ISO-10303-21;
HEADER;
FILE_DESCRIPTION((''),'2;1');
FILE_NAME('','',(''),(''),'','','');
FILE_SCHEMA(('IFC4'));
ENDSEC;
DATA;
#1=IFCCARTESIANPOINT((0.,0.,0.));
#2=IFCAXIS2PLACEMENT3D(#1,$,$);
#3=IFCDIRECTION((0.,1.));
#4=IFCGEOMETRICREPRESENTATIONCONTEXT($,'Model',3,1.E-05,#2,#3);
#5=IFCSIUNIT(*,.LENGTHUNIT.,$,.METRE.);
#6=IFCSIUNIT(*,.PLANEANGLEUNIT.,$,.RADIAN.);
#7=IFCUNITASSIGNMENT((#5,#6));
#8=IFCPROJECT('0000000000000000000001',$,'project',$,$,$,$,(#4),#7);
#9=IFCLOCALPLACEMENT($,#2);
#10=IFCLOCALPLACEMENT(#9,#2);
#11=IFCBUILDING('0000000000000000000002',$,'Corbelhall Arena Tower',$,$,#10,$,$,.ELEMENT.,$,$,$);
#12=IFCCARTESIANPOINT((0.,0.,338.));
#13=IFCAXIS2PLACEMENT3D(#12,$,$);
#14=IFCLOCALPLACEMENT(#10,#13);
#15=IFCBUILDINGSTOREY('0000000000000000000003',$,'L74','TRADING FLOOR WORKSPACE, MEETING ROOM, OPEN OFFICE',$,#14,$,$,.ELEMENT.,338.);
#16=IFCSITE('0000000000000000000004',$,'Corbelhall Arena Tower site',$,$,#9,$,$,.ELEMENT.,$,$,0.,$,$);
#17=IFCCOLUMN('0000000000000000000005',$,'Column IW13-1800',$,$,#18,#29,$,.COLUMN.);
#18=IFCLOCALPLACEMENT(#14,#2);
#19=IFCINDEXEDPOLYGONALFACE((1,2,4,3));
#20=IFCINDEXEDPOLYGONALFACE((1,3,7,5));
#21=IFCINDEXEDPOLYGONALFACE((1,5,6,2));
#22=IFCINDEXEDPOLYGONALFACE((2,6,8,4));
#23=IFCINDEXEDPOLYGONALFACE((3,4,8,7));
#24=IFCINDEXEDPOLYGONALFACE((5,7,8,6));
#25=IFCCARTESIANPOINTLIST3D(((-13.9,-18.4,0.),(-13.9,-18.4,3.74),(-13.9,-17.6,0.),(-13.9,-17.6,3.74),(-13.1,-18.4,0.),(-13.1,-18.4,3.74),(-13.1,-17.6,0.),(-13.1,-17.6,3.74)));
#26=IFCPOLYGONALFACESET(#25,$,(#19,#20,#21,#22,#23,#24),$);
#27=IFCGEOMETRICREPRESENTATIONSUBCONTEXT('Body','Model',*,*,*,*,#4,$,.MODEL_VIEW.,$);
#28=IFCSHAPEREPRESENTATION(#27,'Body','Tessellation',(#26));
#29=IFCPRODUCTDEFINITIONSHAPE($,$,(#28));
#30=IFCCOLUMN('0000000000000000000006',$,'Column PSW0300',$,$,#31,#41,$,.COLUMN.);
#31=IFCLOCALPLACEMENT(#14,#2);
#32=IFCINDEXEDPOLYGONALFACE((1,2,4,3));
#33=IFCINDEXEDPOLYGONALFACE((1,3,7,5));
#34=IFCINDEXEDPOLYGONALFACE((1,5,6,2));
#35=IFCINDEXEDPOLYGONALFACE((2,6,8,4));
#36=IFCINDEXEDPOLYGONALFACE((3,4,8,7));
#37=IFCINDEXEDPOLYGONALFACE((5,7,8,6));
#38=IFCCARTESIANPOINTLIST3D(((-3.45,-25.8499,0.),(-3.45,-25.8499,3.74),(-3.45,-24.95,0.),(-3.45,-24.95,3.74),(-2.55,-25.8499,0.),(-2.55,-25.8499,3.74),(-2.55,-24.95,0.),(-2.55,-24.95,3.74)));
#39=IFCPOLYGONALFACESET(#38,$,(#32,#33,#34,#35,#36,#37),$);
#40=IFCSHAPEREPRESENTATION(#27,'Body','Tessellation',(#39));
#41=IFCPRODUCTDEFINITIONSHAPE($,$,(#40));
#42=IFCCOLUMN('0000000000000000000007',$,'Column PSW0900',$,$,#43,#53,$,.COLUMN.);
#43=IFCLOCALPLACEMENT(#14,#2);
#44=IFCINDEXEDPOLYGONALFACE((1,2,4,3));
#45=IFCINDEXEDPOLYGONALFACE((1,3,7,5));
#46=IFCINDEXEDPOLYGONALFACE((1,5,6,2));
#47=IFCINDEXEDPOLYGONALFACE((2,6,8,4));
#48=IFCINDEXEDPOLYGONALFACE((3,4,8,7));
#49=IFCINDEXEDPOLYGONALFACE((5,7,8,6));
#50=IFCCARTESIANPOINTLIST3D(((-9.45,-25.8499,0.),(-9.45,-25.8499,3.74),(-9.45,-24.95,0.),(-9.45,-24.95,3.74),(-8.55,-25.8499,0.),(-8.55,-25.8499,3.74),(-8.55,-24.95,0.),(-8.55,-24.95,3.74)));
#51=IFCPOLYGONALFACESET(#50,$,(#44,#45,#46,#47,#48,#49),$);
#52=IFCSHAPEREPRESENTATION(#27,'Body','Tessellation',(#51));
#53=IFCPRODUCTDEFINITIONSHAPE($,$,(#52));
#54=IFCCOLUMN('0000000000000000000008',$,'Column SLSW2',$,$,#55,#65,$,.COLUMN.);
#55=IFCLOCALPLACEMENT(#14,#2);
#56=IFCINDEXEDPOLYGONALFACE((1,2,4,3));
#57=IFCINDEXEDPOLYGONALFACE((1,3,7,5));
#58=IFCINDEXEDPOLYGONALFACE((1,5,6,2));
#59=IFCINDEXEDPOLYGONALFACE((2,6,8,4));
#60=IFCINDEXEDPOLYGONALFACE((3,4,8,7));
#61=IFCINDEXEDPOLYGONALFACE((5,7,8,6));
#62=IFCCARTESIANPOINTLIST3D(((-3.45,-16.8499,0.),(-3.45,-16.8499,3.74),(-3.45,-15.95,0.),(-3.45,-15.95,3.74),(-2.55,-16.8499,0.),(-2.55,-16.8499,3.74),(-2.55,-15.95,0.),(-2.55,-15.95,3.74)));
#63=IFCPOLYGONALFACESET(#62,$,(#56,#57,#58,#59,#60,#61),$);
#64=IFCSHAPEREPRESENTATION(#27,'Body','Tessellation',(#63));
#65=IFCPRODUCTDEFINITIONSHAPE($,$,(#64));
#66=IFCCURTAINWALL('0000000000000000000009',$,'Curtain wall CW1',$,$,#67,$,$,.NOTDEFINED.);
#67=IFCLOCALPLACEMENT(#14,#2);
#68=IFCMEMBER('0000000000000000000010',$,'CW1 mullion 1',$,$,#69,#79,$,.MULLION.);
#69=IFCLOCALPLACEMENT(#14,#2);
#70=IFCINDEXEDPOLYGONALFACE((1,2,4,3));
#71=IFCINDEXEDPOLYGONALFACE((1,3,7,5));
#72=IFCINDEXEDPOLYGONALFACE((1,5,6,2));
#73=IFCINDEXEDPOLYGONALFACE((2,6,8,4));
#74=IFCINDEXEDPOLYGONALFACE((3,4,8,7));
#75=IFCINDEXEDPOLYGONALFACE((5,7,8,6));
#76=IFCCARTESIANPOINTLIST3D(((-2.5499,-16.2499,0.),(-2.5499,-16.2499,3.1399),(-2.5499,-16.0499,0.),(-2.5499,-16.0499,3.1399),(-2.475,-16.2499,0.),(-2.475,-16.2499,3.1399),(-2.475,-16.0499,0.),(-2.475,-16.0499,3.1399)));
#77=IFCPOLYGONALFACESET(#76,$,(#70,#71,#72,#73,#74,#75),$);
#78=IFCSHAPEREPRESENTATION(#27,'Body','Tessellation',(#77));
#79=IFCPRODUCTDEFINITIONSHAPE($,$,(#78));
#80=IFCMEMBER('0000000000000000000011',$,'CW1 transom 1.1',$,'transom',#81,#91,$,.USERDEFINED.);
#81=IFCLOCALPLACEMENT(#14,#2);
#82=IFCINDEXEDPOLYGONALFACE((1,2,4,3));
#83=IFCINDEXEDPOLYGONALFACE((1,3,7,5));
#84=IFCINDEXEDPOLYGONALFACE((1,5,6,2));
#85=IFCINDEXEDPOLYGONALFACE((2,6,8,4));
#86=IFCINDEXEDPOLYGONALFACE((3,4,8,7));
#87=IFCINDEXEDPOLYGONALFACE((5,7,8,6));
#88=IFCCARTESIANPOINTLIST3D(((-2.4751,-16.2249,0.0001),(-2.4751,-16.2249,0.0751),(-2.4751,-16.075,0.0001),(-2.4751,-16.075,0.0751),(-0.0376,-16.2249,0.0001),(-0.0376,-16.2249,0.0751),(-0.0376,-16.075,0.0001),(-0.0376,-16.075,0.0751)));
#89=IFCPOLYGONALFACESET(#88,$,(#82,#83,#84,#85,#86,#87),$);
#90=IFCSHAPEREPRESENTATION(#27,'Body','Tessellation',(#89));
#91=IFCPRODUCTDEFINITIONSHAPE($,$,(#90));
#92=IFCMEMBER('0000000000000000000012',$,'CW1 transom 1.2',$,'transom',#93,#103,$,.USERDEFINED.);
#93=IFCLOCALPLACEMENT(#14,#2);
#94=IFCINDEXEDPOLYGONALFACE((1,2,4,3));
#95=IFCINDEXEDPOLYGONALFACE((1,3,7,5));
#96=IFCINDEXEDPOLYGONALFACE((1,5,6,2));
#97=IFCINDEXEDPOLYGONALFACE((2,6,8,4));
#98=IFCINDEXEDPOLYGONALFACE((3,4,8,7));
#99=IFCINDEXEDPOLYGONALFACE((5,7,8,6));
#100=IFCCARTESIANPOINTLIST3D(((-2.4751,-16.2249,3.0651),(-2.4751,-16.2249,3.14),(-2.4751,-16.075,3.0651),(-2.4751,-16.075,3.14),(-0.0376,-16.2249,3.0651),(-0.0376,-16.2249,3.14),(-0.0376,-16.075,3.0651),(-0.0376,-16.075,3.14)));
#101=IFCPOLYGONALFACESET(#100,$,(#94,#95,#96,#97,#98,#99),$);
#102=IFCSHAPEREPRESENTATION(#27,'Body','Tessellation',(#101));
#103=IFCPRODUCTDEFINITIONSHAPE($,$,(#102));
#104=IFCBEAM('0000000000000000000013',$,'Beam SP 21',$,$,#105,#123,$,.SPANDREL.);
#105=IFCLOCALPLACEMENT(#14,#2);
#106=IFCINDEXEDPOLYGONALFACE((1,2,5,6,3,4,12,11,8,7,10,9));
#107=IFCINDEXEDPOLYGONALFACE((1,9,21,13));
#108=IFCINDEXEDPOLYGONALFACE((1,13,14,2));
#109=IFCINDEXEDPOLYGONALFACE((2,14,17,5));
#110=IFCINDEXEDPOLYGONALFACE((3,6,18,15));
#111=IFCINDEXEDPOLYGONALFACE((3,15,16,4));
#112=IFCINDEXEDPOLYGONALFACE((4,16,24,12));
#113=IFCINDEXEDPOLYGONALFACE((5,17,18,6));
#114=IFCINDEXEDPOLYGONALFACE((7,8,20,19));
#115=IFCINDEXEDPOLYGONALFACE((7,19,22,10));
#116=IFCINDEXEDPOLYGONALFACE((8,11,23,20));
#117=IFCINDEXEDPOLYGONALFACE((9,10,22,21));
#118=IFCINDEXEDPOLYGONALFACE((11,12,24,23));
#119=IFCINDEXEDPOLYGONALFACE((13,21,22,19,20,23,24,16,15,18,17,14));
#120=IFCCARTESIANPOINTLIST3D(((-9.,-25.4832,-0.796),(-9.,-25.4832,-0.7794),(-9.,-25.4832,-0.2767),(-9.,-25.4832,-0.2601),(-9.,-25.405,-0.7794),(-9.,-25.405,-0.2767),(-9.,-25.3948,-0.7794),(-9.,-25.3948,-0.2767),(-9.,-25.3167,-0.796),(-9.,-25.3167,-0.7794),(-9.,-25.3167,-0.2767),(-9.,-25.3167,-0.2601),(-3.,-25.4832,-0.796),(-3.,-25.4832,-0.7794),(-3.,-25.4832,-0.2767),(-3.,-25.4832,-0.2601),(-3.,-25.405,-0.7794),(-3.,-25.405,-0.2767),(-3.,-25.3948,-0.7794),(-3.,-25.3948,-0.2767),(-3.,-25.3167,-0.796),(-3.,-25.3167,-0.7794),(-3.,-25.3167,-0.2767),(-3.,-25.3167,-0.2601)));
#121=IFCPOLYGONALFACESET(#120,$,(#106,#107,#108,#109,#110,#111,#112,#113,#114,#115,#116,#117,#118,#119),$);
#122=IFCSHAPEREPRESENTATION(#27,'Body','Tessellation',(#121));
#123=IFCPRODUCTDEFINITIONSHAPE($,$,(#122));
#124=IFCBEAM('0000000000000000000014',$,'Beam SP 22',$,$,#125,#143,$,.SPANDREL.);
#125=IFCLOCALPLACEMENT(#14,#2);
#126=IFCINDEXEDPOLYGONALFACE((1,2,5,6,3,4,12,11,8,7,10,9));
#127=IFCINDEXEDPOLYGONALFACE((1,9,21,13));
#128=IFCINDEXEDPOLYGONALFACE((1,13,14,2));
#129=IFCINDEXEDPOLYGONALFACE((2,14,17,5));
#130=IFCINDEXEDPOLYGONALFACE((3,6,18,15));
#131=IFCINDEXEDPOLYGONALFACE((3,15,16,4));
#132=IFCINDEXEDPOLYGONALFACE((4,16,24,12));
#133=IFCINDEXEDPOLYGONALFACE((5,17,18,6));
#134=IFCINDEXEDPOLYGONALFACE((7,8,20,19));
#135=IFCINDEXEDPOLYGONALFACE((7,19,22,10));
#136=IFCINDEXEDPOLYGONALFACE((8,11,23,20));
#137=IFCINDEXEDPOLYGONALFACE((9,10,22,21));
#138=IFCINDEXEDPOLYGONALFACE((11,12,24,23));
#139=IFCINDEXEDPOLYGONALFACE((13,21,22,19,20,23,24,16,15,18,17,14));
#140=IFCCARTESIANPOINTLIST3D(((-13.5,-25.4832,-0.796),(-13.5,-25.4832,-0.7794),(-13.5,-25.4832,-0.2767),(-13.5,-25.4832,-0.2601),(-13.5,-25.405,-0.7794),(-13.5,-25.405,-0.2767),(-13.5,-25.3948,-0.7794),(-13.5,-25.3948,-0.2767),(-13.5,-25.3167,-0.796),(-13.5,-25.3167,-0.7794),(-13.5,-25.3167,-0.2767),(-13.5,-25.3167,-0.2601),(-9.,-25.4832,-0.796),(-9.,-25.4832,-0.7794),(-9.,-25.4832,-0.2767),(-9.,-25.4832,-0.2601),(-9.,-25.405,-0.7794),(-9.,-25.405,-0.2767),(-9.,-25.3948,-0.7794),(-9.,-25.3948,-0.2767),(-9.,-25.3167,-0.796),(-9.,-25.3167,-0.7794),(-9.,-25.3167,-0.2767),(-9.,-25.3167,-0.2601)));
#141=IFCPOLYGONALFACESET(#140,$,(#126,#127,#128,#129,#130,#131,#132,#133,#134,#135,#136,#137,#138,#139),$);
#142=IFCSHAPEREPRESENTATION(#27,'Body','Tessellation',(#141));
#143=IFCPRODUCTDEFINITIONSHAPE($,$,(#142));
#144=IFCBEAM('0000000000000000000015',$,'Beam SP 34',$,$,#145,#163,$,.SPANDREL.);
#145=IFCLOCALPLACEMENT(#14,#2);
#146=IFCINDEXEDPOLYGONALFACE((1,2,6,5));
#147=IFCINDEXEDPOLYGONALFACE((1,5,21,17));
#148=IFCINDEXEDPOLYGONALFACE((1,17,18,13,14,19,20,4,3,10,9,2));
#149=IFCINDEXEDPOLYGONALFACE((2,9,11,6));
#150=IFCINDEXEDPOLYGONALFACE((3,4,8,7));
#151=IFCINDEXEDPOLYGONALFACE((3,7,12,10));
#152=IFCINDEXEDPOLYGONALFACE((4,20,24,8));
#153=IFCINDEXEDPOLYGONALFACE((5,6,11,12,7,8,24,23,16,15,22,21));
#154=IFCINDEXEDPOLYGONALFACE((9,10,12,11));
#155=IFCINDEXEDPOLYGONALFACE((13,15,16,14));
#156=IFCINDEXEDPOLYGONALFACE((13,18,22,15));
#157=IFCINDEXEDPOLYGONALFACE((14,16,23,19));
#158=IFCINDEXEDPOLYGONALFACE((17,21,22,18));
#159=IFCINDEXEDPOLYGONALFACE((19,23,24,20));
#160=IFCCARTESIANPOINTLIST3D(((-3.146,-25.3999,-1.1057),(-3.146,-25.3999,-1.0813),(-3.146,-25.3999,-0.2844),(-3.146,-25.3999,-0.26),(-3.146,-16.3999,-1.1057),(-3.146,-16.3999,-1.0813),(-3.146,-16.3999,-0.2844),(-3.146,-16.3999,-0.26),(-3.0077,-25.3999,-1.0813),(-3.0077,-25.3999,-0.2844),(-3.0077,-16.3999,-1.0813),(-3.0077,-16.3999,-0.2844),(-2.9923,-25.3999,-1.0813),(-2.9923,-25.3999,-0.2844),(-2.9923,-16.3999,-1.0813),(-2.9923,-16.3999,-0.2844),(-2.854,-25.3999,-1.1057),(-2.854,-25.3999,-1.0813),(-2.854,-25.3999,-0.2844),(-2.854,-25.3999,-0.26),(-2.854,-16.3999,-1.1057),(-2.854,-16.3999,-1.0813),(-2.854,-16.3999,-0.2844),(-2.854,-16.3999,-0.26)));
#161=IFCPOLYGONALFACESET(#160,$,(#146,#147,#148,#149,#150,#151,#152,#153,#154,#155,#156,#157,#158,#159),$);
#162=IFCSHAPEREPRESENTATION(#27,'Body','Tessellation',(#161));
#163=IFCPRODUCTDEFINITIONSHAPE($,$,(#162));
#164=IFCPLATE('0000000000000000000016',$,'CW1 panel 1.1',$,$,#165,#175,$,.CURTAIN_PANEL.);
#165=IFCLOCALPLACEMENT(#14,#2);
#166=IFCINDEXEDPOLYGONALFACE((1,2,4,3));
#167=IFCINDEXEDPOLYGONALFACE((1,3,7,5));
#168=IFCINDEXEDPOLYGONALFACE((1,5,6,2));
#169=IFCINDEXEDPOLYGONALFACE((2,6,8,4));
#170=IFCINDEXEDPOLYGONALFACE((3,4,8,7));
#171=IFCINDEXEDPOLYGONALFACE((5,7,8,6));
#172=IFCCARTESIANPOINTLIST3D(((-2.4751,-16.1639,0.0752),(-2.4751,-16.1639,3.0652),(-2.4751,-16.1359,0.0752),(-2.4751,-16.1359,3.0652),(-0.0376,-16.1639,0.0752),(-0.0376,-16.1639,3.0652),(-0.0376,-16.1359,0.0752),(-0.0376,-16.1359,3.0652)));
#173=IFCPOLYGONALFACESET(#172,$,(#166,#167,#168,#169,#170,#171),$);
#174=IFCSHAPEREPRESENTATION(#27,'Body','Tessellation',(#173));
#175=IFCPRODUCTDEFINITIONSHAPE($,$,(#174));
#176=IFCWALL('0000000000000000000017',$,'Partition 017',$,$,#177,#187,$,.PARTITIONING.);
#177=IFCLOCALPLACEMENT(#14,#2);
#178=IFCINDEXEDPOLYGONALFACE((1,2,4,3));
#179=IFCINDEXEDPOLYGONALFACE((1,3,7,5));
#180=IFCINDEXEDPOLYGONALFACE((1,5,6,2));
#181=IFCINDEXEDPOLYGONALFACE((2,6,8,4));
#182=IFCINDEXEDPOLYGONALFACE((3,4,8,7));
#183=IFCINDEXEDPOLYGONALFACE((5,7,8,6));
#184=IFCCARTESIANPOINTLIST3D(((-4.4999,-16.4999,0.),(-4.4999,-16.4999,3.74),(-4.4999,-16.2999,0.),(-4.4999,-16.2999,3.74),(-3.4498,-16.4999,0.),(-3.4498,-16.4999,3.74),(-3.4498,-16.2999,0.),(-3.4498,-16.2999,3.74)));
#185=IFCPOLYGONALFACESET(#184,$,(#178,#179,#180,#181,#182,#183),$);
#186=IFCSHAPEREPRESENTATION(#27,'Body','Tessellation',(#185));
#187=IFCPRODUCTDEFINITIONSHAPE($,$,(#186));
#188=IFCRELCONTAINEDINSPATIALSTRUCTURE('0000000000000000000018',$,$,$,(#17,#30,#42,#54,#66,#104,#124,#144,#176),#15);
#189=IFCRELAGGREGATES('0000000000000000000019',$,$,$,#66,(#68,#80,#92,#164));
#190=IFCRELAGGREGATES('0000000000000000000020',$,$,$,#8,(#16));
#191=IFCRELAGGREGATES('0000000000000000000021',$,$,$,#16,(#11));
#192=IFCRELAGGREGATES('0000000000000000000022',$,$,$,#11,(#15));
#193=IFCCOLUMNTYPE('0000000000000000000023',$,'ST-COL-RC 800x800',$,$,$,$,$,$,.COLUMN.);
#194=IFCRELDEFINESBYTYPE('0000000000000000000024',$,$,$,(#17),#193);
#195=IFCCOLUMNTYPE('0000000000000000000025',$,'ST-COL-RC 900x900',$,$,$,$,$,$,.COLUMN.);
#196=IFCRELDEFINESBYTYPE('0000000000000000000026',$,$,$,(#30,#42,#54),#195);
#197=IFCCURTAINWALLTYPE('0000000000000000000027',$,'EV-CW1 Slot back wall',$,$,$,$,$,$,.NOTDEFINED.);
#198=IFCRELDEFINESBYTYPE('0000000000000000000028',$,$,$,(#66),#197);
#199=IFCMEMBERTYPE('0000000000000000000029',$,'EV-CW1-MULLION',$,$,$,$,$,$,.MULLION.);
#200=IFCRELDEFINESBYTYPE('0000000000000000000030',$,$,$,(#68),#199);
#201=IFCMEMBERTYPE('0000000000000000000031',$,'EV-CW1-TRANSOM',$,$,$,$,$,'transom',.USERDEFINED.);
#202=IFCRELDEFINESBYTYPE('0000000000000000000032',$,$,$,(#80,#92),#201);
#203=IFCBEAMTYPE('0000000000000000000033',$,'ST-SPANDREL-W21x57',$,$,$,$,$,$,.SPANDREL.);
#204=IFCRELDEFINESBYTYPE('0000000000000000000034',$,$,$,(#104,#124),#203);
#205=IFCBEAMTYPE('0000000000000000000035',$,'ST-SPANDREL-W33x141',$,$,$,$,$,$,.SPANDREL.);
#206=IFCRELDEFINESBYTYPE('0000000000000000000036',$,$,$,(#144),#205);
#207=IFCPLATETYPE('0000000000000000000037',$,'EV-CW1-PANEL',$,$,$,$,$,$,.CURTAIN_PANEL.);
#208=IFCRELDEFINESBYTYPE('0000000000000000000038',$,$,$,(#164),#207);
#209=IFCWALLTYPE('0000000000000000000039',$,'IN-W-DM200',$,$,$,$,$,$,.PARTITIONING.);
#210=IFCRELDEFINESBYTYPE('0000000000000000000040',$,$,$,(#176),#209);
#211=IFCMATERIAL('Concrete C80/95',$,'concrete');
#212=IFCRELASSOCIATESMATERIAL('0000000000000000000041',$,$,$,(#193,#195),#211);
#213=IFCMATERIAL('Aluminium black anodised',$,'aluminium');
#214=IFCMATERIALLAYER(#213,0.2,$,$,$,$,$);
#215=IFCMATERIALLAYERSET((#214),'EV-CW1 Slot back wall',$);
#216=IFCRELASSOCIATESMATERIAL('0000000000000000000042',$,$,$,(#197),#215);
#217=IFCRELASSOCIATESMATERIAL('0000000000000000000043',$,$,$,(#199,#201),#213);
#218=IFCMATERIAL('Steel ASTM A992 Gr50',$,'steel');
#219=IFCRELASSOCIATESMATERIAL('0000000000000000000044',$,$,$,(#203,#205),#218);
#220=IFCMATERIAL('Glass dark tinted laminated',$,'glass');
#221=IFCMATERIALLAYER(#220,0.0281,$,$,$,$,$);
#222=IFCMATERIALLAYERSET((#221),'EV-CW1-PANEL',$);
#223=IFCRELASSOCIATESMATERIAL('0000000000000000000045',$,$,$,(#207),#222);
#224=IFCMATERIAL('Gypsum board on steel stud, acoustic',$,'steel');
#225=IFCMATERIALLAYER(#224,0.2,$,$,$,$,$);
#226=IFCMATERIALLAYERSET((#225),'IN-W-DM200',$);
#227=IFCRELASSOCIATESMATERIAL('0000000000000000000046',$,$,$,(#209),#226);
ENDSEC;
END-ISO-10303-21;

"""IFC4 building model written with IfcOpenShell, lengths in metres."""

from ifc_helpers import new_model, si_unit, direction, frame, frame_2d, origin, origin_2d, place, context, subcontext, project, spatial, rectangle, i_section, extrude, material, layer, layer_set, material_profile, profile_set, type_object, element, aggregate, save


model = new_model("IFC4")

# Units and contexts
model_context = context("Model", 3, precision=1e-05, world=origin(), true_north=direction((0.0, 1.0)))
body_context = subcontext(model_context, "Body", "Model", "MODEL_VIEW")
ifc_project = project(units=[si_unit("LENGTHUNIT", "METRE"), si_unit("PLANEANGLEUNIT", "RADIAN")], contexts=[model_context])

# Site, building, storey
site_placement = place(None, origin())
site = spatial("IfcSite", under=ifc_project, at=site_placement, Name="Corbelhall Arena Tower site", CompositionType="ELEMENT", RefElevation=0.0)
building_placement = place(site_placement, origin())
building = spatial("IfcBuilding", under=site, at=building_placement, Name="Corbelhall Arena Tower", CompositionType="ELEMENT")
storey_placement = place(building_placement, frame((0.0, 0.0, 338.0)))
storey = spatial("IfcBuildingStorey", under=building, at=storey_placement, Name="L74", Description="TRADING FLOOR WORKSPACE, MEETING ROOM, OPEN OFFICE", CompositionType="ELEMENT", Elevation=338.0)

# Columns
ifc_material_1 = material(Name="Concrete C80/95", Category="concrete")
ifc_material_profile_1 = material_profile(ifc_material_1, rectangle(XDim=0.8, YDim=0.8, at=origin_2d()))
ifc_profile_set_1 = profile_set([ifc_material_profile_1], Name="Concrete C80/95")
column_type_1 = type_object("IfcColumnType", Name="ST-COL-RC 800x800", PredefinedType="COLUMN", material=ifc_profile_set_1)
column_placement = place(storey_placement, frame((-13.5, -18.0, 0.0), z_axis=(0.0, 0.0, 1.0), x_axis=(1.0, 0.0, 0.0)))
element("IfcColumn", 1, at=column_placement, inside=storey, type_object=column_type_1, Name="Column IW13-1800", PredefinedType="COLUMN", context=body_context, shape_type="SweptSolid", body=[
    extrude(rectangle(XDim=0.8, YDim=0.8, at=origin_2d()), origin(), (0.0, 0.0, 1.0), 3.74),
])
ifc_material_profile_2 = material_profile(ifc_material_1, rectangle(XDim=0.8999, YDim=0.8999, at=origin_2d()))
ifc_profile_set_2 = profile_set([ifc_material_profile_2], Name="Concrete C80/95")
column_type_2 = type_object("IfcColumnType", Name="ST-COL-RC 900x900", PredefinedType="COLUMN", material=ifc_profile_set_2)
for number, where, z_axis, x_axis, name in (
    (2, (-3.0, -25.3999, 0.0), (0.0, 0.0, 1.0), (1.0, 0.0, 0.0), "Column PSW0300"),
    (3, (-9.0, -25.3999, 0.0), (0.0, 0.0, 1.0), (1.0, 0.0, 0.0), "Column PSW0900"),
    (4, (-3.0, -16.3999, 0.0), (0.0, 0.0, 1.0), (1.0, 0.0, 0.0), "Column SLSW2"),
):
    element("IfcColumn", number, at=place(storey_placement, frame(where, z_axis=z_axis, x_axis=x_axis)), inside=storey, type_object=column_type_2, Name=name, PredefinedType="COLUMN", context=body_context, shape_type="SweptSolid", body=[
        extrude(rectangle(XDim=0.8999, YDim=0.8999, at=origin_2d()), origin(), (0.0, 0.0, 1.0), 3.74),
    ])

# Curtain wall, members
ifc_material_2 = material(Name="Aluminium black anodised", Category="aluminium")
ifc_layer_1 = layer(ifc_material_2, 0.2)
ifc_layer_set_1 = layer_set([ifc_layer_1], Name="EV-CW1 Slot back wall")
curtain_wall_type = type_object("IfcCurtainWallType", Name="EV-CW1 Slot back wall", PredefinedType="NOTDEFINED", material=ifc_layer_set_1)
curtain_wall_placement = place(storey_placement, origin())
curtain_wall = element("IfcCurtainWall", 5, at=curtain_wall_placement, inside=storey, type_object=curtain_wall_type, Name="Curtain wall CW1", PredefinedType="NOTDEFINED")
ifc_material_profile_3 = material_profile(ifc_material_2, rectangle(XDim=0.2, YDim=0.075, at=origin_2d()))
ifc_profile_set_3 = profile_set([ifc_material_profile_3], Name="Aluminium black anodised")
member_type_1 = type_object("IfcMemberType", Name="EV-CW1-MULLION", PredefinedType="MULLION", material=ifc_profile_set_3)
member_1_placement = place(storey_placement, frame((-2.5125, -16.1499, 0.0), z_axis=(0.0, 0.0, 1.0), x_axis=(0.0, 1.0, 0.0)))
member_1 = element("IfcMember", 6, at=member_1_placement, type_object=member_type_1, Name="CW1 mullion 1", PredefinedType="MULLION", context=body_context, shape_type="SweptSolid", body=[
    extrude(rectangle(XDim=0.2, YDim=0.075, at=origin_2d()), origin(), (0.0, 0.0, 1.0), 3.1399),
])
ifc_material_profile_4 = material_profile(ifc_material_2, rectangle(XDim=0.1499, YDim=0.075, at=origin_2d()))
ifc_profile_set_4 = profile_set([ifc_material_profile_4], Name="Aluminium black anodised")
member_type_2 = type_object("IfcMemberType", Name="EV-CW1-TRANSOM", ElementType="transom", PredefinedType="USERDEFINED", material=ifc_profile_set_4)
member_2_placement = place(storey_placement, frame((-2.4751, -16.1499, 0.0376), z_axis=(1.0, 0.0, 0.0), x_axis=(0.0, 1.0, 0.0)))
member_2 = element("IfcMember", 7, at=member_2_placement, type_object=member_type_2, Name="CW1 transom 1.1", ObjectType="transom", PredefinedType="USERDEFINED", context=body_context, shape_type="SweptSolid", body=[
    extrude(rectangle(XDim=0.1499, YDim=0.075, at=origin_2d()), origin(), (0.0, 0.0, 1.0), 2.4375),
])
member_3_placement = place(storey_placement, frame((-2.4751, -16.1499, 3.1025), z_axis=(1.0, 0.0, 0.0), x_axis=(0.0, 1.0, 0.0)))
member_3 = element("IfcMember", 8, at=member_3_placement, type_object=member_type_2, Name="CW1 transom 1.2", ObjectType="transom", PredefinedType="USERDEFINED", context=body_context, shape_type="SweptSolid", body=[
    extrude(rectangle(XDim=0.1499, YDim=0.075, at=origin_2d()), origin(), (0.0, 0.0, 1.0), 2.4375),
])

# Beams
ifc_material_3 = material(Name="Steel ASTM A992 Gr50", Category="steel")
ifc_material_profile_5 = material_profile(ifc_material_3, i_section(OverallWidth=0.1665, OverallDepth=0.5359, WebThickness=0.0103, FlangeThickness=0.0166, at=origin_2d()))
ifc_profile_set_5 = profile_set([ifc_material_profile_5], Name="Steel ASTM A992 Gr50")
beam_type_1 = type_object("IfcBeamType", Name="ST-SPANDREL-W21x57", PredefinedType="SPANDREL", material=ifc_profile_set_5)
beam_1_placement = place(storey_placement, frame((-3.0, -25.3999, -0.5281), z_axis=(-1.0, 0.0, 0.0), x_axis=(0.0, -1.0, 0.0)))
element("IfcBeam", 9, at=beam_1_placement, inside=storey, type_object=beam_type_1, Name="Beam SP 21", PredefinedType="SPANDREL", context=body_context, shape_type="SweptSolid", body=[
    extrude(i_section(OverallWidth=0.1665, OverallDepth=0.5359, WebThickness=0.0103, FlangeThickness=0.0166, at=origin_2d()), origin(), (0.0, 0.0, 1.0), 6.0),
])
beam_2_placement = place(storey_placement, frame((-9.0, -25.3999, -0.5281), z_axis=(-1.0, 0.0, 0.0), x_axis=(0.0, -1.0, 0.0)))
element("IfcBeam", 10, at=beam_2_placement, inside=storey, type_object=beam_type_1, Name="Beam SP 22", PredefinedType="SPANDREL", context=body_context, shape_type="SweptSolid", body=[
    extrude(i_section(OverallWidth=0.1665, OverallDepth=0.5359, WebThickness=0.0103, FlangeThickness=0.0166, at=origin_2d()), origin(), (0.0, 0.0, 1.0), 4.5),
])
ifc_material_profile_6 = material_profile(ifc_material_3, i_section(OverallWidth=0.292, OverallDepth=0.8457, WebThickness=0.0154, FlangeThickness=0.0244, at=origin_2d()))
ifc_profile_set_6 = profile_set([ifc_material_profile_6], Name="Steel ASTM A992 Gr50")
beam_type_2 = type_object("IfcBeamType", Name="ST-SPANDREL-W33x141", PredefinedType="SPANDREL", material=ifc_profile_set_6)
beam_3_placement = place(storey_placement, frame((-3.0, -16.3999, -0.6829), z_axis=(0.0, -1.0, 0.0), x_axis=(1.0, 0.0, 0.0)))
element("IfcBeam", 11, at=beam_3_placement, inside=storey, type_object=beam_type_2, Name="Beam SP 34", PredefinedType="SPANDREL", context=body_context, shape_type="SweptSolid", body=[
    extrude(i_section(OverallWidth=0.292, OverallDepth=0.8457, WebThickness=0.0154, FlangeThickness=0.0244, at=origin_2d()), origin(), (0.0, 0.0, 1.0), 9.0),
])

# Plate
ifc_material_4 = material(Name="Glass dark tinted laminated", Category="glass")
ifc_layer_2 = layer(ifc_material_4, 0.0281)
ifc_layer_set_2 = layer_set([ifc_layer_2], Name="EV-CW1-PANEL")
plate_type = type_object("IfcPlateType", Name="EV-CW1-PANEL", PredefinedType="CURTAIN_PANEL", material=ifc_layer_set_2)
plate_placement = place(storey_placement, frame((-1.2563, -16.1499, 0.0752), z_axis=(0.0, 0.0, 1.0), x_axis=(1.0, 0.0, 0.0)))
plate = element("IfcPlate", 12, at=plate_placement, type_object=plate_type, Name="CW1 panel 1.1", PredefinedType="CURTAIN_PANEL", context=body_context, shape_type="SweptSolid", body=[
    extrude(rectangle(XDim=2.4375, YDim=0.0281, at=origin_2d()), origin(), (0.0, 0.0, 1.0), 2.99),
])
aggregate(curtain_wall, [member_1, member_2, member_3, plate])

# Shared definitions
ifc_material_5 = material(Name="Gypsum board on steel stud, acoustic", Category="steel")
ifc_layer_3 = layer(ifc_material_5, 0.2)
ifc_layer_set_3 = layer_set([ifc_layer_3], Name="IN-W-DM200")
wall_type_1 = type_object("IfcWallType", Name="IN-W-DM200", PredefinedType="PARTITIONING", material=ifc_layer_set_3)

# Wall
wall_1_placement = place(storey_placement, frame((-3.45, -16.3999, 0.0), z_axis=(0.0, 0.0, 1.0), x_axis=(-1.0, 0.0, 0.0)))
element("IfcWall", 13, at=wall_1_placement, inside=storey, type_object=wall_type_1, Name="Partition 017", PredefinedType="PARTITIONING", context=body_context, shape_type="SweptSolid", body=[
    extrude(rectangle(XDim=1.05, YDim=0.2, at=frame_2d((0.5249, 0.0))), origin(), (0.0, 0.0, 1.0), 3.74),
])

save(model, "model.ifc")
